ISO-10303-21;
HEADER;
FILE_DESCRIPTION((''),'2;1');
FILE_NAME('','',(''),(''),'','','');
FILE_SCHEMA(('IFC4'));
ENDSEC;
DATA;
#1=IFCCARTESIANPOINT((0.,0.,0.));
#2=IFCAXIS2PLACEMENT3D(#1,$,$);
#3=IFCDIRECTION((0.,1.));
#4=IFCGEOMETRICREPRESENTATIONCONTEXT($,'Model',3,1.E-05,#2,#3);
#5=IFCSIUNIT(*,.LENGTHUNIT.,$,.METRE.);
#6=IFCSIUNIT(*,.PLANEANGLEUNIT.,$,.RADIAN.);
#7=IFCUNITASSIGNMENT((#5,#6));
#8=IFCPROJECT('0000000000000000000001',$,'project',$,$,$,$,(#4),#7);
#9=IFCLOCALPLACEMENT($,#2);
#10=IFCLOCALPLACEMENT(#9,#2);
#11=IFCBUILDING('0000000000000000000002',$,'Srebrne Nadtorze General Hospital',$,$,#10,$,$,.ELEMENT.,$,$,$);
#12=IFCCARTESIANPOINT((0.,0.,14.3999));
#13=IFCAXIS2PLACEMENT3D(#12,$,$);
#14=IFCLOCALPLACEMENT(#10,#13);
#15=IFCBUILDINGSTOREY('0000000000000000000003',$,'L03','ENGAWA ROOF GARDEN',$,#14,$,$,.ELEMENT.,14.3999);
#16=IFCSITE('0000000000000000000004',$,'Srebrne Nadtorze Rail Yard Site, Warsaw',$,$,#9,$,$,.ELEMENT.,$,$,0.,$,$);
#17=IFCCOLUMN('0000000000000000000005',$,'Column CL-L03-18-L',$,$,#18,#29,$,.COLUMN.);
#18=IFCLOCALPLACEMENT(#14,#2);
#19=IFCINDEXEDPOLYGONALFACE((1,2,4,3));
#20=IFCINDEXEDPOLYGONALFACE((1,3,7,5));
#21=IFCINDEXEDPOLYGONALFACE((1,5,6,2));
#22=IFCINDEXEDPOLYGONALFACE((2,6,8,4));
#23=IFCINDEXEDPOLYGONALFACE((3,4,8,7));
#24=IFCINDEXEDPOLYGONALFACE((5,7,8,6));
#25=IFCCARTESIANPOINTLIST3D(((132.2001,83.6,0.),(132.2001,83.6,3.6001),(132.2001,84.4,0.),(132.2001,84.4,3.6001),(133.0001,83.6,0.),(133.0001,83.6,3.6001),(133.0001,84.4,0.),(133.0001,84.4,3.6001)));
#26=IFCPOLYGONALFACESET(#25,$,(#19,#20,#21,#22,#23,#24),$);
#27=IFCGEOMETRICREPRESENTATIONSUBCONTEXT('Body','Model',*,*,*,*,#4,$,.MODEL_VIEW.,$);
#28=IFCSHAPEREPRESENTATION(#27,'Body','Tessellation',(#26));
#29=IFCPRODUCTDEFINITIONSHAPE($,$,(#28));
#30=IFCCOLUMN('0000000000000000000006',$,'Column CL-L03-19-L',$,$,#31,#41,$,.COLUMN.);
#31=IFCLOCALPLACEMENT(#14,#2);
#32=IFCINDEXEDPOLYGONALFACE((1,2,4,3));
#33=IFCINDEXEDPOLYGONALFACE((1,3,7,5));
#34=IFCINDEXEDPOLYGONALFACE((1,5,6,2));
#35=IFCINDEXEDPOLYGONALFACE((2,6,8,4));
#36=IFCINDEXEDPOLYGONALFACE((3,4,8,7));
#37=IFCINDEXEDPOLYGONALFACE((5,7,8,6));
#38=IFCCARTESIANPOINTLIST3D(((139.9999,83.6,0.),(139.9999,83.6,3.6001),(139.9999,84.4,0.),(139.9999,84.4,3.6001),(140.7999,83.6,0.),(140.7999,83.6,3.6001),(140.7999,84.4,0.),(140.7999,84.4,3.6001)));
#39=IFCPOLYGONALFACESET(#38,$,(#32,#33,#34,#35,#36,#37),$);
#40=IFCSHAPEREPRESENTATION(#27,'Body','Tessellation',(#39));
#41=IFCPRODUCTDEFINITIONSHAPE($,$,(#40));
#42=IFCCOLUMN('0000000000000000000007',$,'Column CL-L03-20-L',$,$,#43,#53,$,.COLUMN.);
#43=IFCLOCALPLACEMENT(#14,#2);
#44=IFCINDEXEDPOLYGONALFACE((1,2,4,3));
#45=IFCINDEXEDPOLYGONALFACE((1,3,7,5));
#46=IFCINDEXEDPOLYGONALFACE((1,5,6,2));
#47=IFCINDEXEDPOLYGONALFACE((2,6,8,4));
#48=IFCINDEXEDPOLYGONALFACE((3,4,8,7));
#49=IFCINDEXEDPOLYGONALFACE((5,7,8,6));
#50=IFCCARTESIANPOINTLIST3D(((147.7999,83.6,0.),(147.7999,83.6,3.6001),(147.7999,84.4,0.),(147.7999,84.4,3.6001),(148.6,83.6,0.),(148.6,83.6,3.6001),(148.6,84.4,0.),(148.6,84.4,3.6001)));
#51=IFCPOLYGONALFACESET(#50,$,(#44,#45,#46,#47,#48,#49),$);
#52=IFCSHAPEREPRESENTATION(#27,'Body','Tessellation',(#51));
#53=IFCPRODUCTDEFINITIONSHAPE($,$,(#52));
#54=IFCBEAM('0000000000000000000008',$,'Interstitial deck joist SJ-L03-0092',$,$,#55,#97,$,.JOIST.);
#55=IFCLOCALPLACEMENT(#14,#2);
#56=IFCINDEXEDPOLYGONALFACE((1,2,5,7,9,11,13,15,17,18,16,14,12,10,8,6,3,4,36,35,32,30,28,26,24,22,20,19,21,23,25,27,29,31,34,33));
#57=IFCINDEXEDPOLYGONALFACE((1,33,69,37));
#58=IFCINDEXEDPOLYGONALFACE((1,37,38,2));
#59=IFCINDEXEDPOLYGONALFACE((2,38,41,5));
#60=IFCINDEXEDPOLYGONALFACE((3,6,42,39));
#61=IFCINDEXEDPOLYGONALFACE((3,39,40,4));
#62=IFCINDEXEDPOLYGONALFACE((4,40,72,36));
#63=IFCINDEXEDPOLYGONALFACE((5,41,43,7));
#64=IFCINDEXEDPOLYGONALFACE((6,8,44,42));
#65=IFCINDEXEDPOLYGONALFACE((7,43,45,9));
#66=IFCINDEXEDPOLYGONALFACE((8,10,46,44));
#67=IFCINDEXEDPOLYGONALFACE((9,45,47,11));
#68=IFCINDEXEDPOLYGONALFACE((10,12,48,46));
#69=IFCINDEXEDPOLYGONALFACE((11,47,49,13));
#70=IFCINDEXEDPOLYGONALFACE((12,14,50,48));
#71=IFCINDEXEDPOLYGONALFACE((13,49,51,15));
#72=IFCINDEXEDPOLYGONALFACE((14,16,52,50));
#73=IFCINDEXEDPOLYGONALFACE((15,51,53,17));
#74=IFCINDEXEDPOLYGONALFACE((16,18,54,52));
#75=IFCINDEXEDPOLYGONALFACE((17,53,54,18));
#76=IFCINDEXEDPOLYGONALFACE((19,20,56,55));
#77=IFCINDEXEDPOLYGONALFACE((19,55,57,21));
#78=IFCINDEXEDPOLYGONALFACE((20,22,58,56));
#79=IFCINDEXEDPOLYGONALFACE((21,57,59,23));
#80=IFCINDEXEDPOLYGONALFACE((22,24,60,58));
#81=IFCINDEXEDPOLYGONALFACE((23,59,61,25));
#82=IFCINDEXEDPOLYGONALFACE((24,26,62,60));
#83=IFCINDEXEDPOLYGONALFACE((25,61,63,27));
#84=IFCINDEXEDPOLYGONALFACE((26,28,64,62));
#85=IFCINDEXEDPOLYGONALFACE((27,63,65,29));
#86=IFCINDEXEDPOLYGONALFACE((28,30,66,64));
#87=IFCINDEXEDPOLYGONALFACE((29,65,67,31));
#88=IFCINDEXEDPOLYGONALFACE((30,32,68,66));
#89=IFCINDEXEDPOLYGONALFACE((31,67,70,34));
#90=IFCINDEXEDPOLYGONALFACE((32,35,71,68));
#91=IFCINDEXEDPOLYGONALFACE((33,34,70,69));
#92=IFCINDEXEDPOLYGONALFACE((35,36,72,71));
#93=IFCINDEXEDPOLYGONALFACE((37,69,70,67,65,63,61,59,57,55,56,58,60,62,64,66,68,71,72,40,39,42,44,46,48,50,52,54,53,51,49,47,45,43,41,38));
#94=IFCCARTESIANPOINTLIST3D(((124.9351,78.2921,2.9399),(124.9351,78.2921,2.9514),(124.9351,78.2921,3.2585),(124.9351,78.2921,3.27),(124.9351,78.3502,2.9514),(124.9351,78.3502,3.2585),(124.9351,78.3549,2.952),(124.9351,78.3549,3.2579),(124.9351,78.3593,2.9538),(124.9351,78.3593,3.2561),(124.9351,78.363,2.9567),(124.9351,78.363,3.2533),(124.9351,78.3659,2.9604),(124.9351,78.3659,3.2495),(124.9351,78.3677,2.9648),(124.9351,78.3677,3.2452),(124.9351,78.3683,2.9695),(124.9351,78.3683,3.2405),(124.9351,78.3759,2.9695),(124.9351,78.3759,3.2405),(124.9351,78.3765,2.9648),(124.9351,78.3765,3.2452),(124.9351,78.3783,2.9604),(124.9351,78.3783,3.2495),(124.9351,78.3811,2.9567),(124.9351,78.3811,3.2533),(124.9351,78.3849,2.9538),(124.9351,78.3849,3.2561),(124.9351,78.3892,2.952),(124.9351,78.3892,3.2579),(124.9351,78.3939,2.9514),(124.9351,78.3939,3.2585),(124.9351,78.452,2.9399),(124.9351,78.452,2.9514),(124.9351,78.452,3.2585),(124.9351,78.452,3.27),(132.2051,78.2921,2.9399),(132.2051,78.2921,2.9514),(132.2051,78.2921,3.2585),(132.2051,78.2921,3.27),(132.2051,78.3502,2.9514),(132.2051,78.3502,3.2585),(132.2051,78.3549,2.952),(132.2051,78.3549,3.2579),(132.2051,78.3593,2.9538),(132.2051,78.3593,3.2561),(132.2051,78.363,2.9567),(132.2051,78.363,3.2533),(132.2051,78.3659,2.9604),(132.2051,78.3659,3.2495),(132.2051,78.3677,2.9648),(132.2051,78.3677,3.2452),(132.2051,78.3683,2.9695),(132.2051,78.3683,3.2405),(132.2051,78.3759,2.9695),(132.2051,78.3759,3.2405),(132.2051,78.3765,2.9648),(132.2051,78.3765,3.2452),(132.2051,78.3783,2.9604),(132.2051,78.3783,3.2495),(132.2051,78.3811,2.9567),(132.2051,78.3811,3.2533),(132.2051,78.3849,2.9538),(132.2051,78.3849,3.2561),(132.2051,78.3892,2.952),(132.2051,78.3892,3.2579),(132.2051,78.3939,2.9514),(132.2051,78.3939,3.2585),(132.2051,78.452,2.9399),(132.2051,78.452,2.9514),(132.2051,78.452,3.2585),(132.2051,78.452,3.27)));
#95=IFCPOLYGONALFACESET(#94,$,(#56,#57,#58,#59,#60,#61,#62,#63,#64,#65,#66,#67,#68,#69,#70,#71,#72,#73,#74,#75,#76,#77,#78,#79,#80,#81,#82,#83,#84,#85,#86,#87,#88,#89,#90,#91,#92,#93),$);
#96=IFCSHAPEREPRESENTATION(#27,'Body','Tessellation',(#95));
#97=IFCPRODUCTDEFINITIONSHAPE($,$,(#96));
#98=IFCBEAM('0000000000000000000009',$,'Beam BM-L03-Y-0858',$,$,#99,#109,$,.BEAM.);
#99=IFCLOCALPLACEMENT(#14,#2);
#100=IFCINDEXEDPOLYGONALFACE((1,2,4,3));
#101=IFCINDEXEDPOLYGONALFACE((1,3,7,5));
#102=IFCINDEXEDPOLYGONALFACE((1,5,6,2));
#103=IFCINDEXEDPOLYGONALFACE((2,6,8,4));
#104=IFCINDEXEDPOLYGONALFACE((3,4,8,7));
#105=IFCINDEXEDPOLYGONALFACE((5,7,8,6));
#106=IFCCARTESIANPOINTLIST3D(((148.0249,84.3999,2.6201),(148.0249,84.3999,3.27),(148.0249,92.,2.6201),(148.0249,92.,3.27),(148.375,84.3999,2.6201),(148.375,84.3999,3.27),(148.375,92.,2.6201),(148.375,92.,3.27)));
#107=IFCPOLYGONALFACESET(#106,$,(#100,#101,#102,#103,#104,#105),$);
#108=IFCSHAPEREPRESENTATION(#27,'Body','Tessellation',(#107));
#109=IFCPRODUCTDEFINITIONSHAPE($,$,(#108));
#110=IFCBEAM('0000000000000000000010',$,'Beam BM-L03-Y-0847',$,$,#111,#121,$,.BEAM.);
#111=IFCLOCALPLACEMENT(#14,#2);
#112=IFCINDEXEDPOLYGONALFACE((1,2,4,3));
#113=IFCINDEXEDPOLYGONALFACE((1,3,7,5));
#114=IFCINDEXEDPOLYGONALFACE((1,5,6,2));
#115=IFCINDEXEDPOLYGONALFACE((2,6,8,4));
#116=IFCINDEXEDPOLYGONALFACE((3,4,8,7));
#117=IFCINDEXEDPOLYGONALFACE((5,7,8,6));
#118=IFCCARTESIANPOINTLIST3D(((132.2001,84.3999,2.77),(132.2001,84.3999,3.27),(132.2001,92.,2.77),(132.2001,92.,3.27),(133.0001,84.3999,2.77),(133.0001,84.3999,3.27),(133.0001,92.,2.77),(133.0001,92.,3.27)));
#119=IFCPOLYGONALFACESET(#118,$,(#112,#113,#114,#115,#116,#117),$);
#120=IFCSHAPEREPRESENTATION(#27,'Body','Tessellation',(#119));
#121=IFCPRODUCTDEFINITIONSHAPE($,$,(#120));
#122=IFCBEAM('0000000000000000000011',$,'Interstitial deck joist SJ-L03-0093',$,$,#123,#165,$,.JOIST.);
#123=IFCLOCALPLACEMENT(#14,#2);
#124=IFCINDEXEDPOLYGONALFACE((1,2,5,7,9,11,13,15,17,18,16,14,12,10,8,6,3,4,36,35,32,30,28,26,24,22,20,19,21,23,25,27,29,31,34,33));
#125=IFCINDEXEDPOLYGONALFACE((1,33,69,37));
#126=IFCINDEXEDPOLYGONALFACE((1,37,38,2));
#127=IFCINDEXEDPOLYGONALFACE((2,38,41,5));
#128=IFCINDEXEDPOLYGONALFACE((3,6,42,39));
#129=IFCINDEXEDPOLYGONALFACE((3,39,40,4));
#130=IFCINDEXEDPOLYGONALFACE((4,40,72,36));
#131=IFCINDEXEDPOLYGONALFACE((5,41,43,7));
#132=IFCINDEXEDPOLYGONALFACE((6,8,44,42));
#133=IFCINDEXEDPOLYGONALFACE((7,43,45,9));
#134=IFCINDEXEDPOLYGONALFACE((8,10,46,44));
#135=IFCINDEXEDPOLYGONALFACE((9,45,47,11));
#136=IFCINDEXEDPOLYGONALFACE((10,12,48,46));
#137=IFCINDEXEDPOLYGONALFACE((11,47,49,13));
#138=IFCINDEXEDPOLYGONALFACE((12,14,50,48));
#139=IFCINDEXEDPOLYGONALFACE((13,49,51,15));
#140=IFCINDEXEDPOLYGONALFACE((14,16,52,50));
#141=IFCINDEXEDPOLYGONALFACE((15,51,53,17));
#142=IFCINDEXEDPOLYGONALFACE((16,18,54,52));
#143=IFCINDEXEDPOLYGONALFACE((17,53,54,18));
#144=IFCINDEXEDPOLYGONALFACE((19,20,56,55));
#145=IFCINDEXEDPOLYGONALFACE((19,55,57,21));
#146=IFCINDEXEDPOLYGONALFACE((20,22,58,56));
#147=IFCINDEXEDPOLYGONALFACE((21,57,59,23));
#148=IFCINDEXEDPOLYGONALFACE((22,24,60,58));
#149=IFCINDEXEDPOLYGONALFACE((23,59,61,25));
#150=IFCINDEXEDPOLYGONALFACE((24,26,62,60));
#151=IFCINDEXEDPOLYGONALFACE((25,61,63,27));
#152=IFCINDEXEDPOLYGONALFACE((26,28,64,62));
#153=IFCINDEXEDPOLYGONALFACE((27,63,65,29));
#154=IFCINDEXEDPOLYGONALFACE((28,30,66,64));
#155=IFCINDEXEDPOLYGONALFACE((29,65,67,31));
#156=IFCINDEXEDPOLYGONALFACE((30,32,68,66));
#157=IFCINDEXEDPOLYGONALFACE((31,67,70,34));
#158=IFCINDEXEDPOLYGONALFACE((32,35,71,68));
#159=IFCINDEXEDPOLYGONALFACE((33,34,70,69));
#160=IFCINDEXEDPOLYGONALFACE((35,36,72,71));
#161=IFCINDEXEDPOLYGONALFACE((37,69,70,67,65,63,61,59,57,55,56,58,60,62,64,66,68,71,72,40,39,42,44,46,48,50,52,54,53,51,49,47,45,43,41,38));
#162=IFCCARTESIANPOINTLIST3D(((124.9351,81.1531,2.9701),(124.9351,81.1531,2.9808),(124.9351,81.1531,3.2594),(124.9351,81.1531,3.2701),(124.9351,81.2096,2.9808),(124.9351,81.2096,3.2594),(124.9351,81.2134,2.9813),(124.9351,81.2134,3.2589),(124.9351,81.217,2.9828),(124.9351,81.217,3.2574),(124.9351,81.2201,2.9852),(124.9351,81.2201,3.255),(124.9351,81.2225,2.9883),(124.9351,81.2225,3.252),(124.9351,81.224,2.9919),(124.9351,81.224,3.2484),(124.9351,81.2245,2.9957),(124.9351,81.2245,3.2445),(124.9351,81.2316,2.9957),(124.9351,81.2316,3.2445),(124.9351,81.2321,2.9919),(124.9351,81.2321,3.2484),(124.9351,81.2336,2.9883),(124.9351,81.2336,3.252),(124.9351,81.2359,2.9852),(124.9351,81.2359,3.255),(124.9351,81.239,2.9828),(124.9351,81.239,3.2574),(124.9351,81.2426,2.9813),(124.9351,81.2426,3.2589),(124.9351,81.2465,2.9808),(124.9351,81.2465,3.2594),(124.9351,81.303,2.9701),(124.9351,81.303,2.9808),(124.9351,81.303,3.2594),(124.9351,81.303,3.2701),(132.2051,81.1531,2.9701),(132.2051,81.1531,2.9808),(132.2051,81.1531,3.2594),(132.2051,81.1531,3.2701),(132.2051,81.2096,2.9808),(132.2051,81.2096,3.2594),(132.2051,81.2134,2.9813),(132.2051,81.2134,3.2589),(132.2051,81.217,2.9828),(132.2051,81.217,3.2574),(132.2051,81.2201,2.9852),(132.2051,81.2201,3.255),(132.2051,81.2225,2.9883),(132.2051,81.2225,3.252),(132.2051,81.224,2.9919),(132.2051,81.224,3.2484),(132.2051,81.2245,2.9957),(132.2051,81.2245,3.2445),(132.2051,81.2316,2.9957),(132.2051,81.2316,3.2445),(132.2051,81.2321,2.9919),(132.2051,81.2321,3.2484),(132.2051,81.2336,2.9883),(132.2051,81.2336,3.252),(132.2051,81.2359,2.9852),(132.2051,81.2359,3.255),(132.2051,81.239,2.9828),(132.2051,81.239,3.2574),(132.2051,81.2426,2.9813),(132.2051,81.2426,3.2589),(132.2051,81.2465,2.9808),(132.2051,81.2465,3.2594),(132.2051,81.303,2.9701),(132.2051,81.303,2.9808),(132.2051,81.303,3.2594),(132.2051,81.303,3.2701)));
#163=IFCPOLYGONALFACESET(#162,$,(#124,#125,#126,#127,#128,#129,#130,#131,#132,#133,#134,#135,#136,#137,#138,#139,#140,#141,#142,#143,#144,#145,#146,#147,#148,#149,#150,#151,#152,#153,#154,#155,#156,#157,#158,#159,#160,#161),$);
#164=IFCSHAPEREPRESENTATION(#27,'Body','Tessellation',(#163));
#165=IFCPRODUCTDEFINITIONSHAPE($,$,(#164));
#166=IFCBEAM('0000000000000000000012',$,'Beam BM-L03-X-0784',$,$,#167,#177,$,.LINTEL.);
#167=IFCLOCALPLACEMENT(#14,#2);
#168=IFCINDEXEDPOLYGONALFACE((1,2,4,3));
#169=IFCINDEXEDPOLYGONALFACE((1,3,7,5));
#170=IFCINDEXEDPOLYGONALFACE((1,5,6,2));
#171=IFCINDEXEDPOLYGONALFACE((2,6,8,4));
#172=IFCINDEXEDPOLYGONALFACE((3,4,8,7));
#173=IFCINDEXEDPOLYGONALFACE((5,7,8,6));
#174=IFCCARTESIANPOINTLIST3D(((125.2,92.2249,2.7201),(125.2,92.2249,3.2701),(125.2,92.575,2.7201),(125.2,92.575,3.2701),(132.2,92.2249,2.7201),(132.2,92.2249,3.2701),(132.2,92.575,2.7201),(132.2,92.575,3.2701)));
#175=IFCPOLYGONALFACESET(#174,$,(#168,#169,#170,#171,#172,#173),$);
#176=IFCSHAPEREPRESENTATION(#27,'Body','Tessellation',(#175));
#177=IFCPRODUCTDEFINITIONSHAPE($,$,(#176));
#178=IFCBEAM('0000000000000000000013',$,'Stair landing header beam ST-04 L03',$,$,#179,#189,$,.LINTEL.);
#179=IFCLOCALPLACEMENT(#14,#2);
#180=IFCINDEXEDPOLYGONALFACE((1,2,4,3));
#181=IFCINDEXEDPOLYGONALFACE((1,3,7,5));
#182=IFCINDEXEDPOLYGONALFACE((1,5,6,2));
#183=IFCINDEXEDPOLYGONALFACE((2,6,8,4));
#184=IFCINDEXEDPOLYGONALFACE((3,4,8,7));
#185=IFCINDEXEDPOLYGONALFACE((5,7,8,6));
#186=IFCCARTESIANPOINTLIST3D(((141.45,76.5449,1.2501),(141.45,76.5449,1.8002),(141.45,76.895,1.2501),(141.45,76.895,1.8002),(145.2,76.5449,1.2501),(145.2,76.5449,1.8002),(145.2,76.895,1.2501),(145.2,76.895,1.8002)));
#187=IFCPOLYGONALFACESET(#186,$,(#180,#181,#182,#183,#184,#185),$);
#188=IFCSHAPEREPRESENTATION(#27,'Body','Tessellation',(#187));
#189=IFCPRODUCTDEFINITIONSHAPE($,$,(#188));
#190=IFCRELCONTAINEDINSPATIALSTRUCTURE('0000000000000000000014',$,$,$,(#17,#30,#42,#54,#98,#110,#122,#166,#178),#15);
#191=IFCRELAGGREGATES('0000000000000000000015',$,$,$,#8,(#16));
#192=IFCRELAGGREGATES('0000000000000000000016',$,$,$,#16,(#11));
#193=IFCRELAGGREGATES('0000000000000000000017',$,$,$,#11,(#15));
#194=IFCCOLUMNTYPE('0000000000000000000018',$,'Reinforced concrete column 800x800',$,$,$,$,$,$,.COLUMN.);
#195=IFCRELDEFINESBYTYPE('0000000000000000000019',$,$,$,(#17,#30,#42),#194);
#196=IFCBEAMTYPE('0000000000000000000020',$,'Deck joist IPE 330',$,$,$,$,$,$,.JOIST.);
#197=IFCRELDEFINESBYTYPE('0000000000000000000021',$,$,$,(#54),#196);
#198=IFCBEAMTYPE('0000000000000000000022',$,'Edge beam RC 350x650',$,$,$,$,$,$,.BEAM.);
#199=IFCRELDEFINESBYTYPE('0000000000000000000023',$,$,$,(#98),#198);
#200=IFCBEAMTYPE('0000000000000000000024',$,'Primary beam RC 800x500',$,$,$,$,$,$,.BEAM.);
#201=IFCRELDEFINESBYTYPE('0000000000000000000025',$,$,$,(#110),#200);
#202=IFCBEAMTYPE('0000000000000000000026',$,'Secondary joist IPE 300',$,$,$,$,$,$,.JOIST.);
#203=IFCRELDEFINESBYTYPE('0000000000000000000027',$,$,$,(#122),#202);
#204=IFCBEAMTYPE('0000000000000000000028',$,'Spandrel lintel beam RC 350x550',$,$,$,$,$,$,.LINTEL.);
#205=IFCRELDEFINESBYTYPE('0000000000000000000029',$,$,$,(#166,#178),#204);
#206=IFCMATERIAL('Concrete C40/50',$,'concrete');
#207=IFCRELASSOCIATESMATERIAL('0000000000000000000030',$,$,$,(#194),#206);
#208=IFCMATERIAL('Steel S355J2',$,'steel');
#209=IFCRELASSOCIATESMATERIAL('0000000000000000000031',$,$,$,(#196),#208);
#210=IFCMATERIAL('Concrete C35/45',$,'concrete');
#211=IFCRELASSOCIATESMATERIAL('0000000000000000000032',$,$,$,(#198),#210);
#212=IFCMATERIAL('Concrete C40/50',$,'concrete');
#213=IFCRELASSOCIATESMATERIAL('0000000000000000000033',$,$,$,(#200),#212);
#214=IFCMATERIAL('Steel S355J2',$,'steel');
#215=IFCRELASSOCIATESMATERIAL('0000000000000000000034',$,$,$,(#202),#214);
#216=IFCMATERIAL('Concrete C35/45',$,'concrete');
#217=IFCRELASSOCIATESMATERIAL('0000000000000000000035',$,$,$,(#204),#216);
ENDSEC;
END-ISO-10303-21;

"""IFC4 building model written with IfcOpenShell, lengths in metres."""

from ifc_helpers import new_model, si_unit, direction, frame, origin, origin_2d, place, context, subcontext, project, spatial, rectangle, i_section, extrude, material, material_profile, profile_set, type_object, element, save


model = new_model("IFC4")

# Units and contexts
model_context = context("Model", 3, precision=1e-05, world=origin(), true_north=direction((0.0, 1.0)))
body_context = subcontext(model_context, "Body", "Model", "MODEL_VIEW")
ifc_project = project(units=[si_unit("LENGTHUNIT", "METRE"), si_unit("PLANEANGLEUNIT", "RADIAN")], contexts=[model_context])

# Site, building, storey
site_placement = place(None, origin())
site = spatial("IfcSite", under=ifc_project, at=site_placement, Name="Srebrne Nadtorze Rail Yard Site, Warsaw", CompositionType="ELEMENT", RefElevation=0.0)
building_placement = place(site_placement, origin())
building = spatial("IfcBuilding", under=site, at=building_placement, Name="Srebrne Nadtorze General Hospital", CompositionType="ELEMENT")
storey_placement = place(building_placement, frame((0.0, 0.0, 14.3999)))
storey = spatial("IfcBuildingStorey", under=building, at=storey_placement, Name="L03", Description="ENGAWA ROOF GARDEN", CompositionType="ELEMENT", Elevation=14.3999)

# Columns
ifc_material_1 = material(Name="Concrete C40/50", Category="concrete")
ifc_material_profile_1 = material_profile(ifc_material_1, rectangle(XDim=0.8, YDim=0.8, at=origin_2d()), Name="RC-COL-800x800")
ifc_profile_set_1 = profile_set([ifc_material_profile_1], Name="Concrete C40/50")
column_type = type_object("IfcColumnType", Name="Reinforced concrete column 800x800", PredefinedType="COLUMN", material=ifc_profile_set_1)
for number, where, z_axis, x_axis, name in (
    (1, (132.6001, 84.0, 0.0), (0.0, 0.0, 1.0), (1.0, 0.0, 0.0), "Column CL-L03-18-L"),
    (2, (140.3999, 84.0, 0.0), (0.0, 0.0, 1.0), (1.0, 0.0, 0.0), "Column CL-L03-19-L"),
    (3, (148.2, 84.0, 0.0), (0.0, 0.0, 1.0), (1.0, 0.0, 0.0), "Column CL-L03-20-L"),
):
    element("IfcColumn", number, at=place(storey_placement, frame(where, z_axis=z_axis, x_axis=x_axis)), inside=storey, type_object=column_type, Name=name, PredefinedType="COLUMN", context=body_context, shape_type="SweptSolid", body=[
        extrude(rectangle(XDim=0.8, YDim=0.8, at=origin_2d()), origin(), (0.0, 0.0, 1.0), 3.6001),
    ])

# Beams
ifc_material_2 = material(Name="Steel S355J2", Category="steel")
ifc_material_profile_2 = material_profile(ifc_material_2, i_section(OverallWidth=0.1599, OverallDepth=0.3301, WebThickness=0.0076, FlangeThickness=0.0115, FilletRadius=0.0181, at=origin_2d()), Name="IPE-330")
ifc_profile_set_2 = profile_set([ifc_material_profile_2], Name="Steel S355J2")
beam_type_1 = type_object("IfcBeamType", Name="Deck joist IPE 330", PredefinedType="JOIST", material=ifc_profile_set_2)
beam_1_placement = place(storey_placement, frame((124.9351, 78.3721, 3.105), z_axis=(1.0, 0.0, 0.0), x_axis=(0.0, 1.0, 0.0)))
element("IfcBeam", 4, at=beam_1_placement, inside=storey, type_object=beam_type_1, Name="Interstitial deck joist SJ-L03-0092", PredefinedType="JOIST", context=body_context, shape_type="SweptSolid", body=[
    extrude(i_section(OverallWidth=0.1599, OverallDepth=0.3301, WebThickness=0.0076, FlangeThickness=0.0115, FilletRadius=0.0181, at=origin_2d()), origin(), (0.0, 0.0, 1.0), 7.27),
])
ifc_material_3 = material(Name="Concrete C35/45", Category="concrete")
ifc_material_profile_3 = material_profile(ifc_material_3, rectangle(XDim=0.3501, YDim=0.6499, at=origin_2d()), Name="RC-BM-350x650")
ifc_profile_set_3 = profile_set([ifc_material_profile_3], Name="Concrete C35/45")
beam_type_2 = type_object("IfcBeamType", Name="Edge beam RC 350x650", PredefinedType="BEAM", material=ifc_profile_set_3)
beam_2_placement = place(storey_placement, frame((148.2, 84.3999, 2.9451), z_axis=(0.0, 1.0, 0.0), x_axis=(-1.0, 0.0, 0.0)))
element("IfcBeam", 5, at=beam_2_placement, inside=storey, type_object=beam_type_2, Name="Beam BM-L03-Y-0858", PredefinedType="BEAM", context=body_context, shape_type="SweptSolid", body=[
    extrude(rectangle(XDim=0.3501, YDim=0.6499, at=origin_2d()), origin(), (0.0, 0.0, 1.0), 7.6001),
])
ifc_material_4 = material(Name="Concrete C40/50", Category="concrete")
ifc_material_profile_4 = material_profile(ifc_material_4, rectangle(XDim=0.8, YDim=0.5, at=origin_2d()), Name="RC-BM-800x500")
ifc_profile_set_4 = profile_set([ifc_material_profile_4], Name="Concrete C40/50")
beam_type_3 = type_object("IfcBeamType", Name="Primary beam RC 800x500", PredefinedType="BEAM", material=ifc_profile_set_4)
beam_3_placement = place(storey_placement, frame((132.6001, 84.3999, 3.02), z_axis=(0.0, 1.0, 0.0), x_axis=(-1.0, 0.0, 0.0)))
element("IfcBeam", 6, at=beam_3_placement, inside=storey, type_object=beam_type_3, Name="Beam BM-L03-Y-0847", PredefinedType="BEAM", context=body_context, shape_type="SweptSolid", body=[
    extrude(rectangle(XDim=0.8, YDim=0.5, at=origin_2d()), origin(), (0.0, 0.0, 1.0), 7.6001),
])
ifc_material_5 = material(Name="Steel S355J2", Category="steel")
ifc_material_profile_5 = material_profile(ifc_material_5, i_section(OverallWidth=0.1499, OverallDepth=0.3, WebThickness=0.0071, FlangeThickness=0.0107, FilletRadius=0.0149, at=origin_2d()), Name="IPE-300")
ifc_profile_set_5 = profile_set([ifc_material_profile_5], Name="Steel S355J2")
beam_type_4 = type_object("IfcBeamType", Name="Secondary joist IPE 300", PredefinedType="JOIST", material=ifc_profile_set_5)
beam_4_placement = place(storey_placement, frame((124.9351, 81.228, 3.1201), z_axis=(1.0, 0.0, 0.0), x_axis=(0.0, 1.0, 0.0)))
element("IfcBeam", 7, at=beam_4_placement, inside=storey, type_object=beam_type_4, Name="Interstitial deck joist SJ-L03-0093", PredefinedType="JOIST", context=body_context, shape_type="SweptSolid", body=[
    extrude(i_section(OverallWidth=0.1499, OverallDepth=0.3, WebThickness=0.0071, FlangeThickness=0.0107, FilletRadius=0.0149, at=origin_2d()), origin(), (0.0, 0.0, 1.0), 7.27),
])
ifc_material_6 = material(Name="Concrete C35/45", Category="concrete")
ifc_material_profile_6 = material_profile(ifc_material_6, rectangle(XDim=0.3501, YDim=0.55, at=origin_2d()), Name="RC-BM-350x550")
ifc_profile_set_6 = profile_set([ifc_material_profile_6], Name="Concrete C35/45")
beam_type_5 = type_object("IfcBeamType", Name="Spandrel lintel beam RC 350x550", PredefinedType="LINTEL", material=ifc_profile_set_6)
beam_5_placement = place(storey_placement, frame((125.2, 92.3999, 2.9951), z_axis=(1.0, 0.0, 0.0), x_axis=(0.0, 1.0, 0.0)))
element("IfcBeam", 8, at=beam_5_placement, inside=storey, type_object=beam_type_5, Name="Beam BM-L03-X-0784", PredefinedType="LINTEL", context=body_context, shape_type="SweptSolid", body=[
    extrude(rectangle(XDim=0.3501, YDim=0.55, at=origin_2d()), origin(), (0.0, 0.0, 1.0), 7.0),
])
beam_6_placement = place(storey_placement, frame((141.45, 76.72, 1.5251), z_axis=(1.0, 0.0, 0.0), x_axis=(0.0, 1.0, 0.0)))
element("IfcBeam", 9, at=beam_6_placement, inside=storey, type_object=beam_type_5, Name="Stair landing header beam ST-04 L03", PredefinedType="LINTEL", context=body_context, shape_type="SweptSolid", body=[
    extrude(rectangle(XDim=0.3501, YDim=0.55, at=origin_2d()), origin(), (0.0, 0.0, 1.0), 3.75),
])

save(model, "model.ifc")
